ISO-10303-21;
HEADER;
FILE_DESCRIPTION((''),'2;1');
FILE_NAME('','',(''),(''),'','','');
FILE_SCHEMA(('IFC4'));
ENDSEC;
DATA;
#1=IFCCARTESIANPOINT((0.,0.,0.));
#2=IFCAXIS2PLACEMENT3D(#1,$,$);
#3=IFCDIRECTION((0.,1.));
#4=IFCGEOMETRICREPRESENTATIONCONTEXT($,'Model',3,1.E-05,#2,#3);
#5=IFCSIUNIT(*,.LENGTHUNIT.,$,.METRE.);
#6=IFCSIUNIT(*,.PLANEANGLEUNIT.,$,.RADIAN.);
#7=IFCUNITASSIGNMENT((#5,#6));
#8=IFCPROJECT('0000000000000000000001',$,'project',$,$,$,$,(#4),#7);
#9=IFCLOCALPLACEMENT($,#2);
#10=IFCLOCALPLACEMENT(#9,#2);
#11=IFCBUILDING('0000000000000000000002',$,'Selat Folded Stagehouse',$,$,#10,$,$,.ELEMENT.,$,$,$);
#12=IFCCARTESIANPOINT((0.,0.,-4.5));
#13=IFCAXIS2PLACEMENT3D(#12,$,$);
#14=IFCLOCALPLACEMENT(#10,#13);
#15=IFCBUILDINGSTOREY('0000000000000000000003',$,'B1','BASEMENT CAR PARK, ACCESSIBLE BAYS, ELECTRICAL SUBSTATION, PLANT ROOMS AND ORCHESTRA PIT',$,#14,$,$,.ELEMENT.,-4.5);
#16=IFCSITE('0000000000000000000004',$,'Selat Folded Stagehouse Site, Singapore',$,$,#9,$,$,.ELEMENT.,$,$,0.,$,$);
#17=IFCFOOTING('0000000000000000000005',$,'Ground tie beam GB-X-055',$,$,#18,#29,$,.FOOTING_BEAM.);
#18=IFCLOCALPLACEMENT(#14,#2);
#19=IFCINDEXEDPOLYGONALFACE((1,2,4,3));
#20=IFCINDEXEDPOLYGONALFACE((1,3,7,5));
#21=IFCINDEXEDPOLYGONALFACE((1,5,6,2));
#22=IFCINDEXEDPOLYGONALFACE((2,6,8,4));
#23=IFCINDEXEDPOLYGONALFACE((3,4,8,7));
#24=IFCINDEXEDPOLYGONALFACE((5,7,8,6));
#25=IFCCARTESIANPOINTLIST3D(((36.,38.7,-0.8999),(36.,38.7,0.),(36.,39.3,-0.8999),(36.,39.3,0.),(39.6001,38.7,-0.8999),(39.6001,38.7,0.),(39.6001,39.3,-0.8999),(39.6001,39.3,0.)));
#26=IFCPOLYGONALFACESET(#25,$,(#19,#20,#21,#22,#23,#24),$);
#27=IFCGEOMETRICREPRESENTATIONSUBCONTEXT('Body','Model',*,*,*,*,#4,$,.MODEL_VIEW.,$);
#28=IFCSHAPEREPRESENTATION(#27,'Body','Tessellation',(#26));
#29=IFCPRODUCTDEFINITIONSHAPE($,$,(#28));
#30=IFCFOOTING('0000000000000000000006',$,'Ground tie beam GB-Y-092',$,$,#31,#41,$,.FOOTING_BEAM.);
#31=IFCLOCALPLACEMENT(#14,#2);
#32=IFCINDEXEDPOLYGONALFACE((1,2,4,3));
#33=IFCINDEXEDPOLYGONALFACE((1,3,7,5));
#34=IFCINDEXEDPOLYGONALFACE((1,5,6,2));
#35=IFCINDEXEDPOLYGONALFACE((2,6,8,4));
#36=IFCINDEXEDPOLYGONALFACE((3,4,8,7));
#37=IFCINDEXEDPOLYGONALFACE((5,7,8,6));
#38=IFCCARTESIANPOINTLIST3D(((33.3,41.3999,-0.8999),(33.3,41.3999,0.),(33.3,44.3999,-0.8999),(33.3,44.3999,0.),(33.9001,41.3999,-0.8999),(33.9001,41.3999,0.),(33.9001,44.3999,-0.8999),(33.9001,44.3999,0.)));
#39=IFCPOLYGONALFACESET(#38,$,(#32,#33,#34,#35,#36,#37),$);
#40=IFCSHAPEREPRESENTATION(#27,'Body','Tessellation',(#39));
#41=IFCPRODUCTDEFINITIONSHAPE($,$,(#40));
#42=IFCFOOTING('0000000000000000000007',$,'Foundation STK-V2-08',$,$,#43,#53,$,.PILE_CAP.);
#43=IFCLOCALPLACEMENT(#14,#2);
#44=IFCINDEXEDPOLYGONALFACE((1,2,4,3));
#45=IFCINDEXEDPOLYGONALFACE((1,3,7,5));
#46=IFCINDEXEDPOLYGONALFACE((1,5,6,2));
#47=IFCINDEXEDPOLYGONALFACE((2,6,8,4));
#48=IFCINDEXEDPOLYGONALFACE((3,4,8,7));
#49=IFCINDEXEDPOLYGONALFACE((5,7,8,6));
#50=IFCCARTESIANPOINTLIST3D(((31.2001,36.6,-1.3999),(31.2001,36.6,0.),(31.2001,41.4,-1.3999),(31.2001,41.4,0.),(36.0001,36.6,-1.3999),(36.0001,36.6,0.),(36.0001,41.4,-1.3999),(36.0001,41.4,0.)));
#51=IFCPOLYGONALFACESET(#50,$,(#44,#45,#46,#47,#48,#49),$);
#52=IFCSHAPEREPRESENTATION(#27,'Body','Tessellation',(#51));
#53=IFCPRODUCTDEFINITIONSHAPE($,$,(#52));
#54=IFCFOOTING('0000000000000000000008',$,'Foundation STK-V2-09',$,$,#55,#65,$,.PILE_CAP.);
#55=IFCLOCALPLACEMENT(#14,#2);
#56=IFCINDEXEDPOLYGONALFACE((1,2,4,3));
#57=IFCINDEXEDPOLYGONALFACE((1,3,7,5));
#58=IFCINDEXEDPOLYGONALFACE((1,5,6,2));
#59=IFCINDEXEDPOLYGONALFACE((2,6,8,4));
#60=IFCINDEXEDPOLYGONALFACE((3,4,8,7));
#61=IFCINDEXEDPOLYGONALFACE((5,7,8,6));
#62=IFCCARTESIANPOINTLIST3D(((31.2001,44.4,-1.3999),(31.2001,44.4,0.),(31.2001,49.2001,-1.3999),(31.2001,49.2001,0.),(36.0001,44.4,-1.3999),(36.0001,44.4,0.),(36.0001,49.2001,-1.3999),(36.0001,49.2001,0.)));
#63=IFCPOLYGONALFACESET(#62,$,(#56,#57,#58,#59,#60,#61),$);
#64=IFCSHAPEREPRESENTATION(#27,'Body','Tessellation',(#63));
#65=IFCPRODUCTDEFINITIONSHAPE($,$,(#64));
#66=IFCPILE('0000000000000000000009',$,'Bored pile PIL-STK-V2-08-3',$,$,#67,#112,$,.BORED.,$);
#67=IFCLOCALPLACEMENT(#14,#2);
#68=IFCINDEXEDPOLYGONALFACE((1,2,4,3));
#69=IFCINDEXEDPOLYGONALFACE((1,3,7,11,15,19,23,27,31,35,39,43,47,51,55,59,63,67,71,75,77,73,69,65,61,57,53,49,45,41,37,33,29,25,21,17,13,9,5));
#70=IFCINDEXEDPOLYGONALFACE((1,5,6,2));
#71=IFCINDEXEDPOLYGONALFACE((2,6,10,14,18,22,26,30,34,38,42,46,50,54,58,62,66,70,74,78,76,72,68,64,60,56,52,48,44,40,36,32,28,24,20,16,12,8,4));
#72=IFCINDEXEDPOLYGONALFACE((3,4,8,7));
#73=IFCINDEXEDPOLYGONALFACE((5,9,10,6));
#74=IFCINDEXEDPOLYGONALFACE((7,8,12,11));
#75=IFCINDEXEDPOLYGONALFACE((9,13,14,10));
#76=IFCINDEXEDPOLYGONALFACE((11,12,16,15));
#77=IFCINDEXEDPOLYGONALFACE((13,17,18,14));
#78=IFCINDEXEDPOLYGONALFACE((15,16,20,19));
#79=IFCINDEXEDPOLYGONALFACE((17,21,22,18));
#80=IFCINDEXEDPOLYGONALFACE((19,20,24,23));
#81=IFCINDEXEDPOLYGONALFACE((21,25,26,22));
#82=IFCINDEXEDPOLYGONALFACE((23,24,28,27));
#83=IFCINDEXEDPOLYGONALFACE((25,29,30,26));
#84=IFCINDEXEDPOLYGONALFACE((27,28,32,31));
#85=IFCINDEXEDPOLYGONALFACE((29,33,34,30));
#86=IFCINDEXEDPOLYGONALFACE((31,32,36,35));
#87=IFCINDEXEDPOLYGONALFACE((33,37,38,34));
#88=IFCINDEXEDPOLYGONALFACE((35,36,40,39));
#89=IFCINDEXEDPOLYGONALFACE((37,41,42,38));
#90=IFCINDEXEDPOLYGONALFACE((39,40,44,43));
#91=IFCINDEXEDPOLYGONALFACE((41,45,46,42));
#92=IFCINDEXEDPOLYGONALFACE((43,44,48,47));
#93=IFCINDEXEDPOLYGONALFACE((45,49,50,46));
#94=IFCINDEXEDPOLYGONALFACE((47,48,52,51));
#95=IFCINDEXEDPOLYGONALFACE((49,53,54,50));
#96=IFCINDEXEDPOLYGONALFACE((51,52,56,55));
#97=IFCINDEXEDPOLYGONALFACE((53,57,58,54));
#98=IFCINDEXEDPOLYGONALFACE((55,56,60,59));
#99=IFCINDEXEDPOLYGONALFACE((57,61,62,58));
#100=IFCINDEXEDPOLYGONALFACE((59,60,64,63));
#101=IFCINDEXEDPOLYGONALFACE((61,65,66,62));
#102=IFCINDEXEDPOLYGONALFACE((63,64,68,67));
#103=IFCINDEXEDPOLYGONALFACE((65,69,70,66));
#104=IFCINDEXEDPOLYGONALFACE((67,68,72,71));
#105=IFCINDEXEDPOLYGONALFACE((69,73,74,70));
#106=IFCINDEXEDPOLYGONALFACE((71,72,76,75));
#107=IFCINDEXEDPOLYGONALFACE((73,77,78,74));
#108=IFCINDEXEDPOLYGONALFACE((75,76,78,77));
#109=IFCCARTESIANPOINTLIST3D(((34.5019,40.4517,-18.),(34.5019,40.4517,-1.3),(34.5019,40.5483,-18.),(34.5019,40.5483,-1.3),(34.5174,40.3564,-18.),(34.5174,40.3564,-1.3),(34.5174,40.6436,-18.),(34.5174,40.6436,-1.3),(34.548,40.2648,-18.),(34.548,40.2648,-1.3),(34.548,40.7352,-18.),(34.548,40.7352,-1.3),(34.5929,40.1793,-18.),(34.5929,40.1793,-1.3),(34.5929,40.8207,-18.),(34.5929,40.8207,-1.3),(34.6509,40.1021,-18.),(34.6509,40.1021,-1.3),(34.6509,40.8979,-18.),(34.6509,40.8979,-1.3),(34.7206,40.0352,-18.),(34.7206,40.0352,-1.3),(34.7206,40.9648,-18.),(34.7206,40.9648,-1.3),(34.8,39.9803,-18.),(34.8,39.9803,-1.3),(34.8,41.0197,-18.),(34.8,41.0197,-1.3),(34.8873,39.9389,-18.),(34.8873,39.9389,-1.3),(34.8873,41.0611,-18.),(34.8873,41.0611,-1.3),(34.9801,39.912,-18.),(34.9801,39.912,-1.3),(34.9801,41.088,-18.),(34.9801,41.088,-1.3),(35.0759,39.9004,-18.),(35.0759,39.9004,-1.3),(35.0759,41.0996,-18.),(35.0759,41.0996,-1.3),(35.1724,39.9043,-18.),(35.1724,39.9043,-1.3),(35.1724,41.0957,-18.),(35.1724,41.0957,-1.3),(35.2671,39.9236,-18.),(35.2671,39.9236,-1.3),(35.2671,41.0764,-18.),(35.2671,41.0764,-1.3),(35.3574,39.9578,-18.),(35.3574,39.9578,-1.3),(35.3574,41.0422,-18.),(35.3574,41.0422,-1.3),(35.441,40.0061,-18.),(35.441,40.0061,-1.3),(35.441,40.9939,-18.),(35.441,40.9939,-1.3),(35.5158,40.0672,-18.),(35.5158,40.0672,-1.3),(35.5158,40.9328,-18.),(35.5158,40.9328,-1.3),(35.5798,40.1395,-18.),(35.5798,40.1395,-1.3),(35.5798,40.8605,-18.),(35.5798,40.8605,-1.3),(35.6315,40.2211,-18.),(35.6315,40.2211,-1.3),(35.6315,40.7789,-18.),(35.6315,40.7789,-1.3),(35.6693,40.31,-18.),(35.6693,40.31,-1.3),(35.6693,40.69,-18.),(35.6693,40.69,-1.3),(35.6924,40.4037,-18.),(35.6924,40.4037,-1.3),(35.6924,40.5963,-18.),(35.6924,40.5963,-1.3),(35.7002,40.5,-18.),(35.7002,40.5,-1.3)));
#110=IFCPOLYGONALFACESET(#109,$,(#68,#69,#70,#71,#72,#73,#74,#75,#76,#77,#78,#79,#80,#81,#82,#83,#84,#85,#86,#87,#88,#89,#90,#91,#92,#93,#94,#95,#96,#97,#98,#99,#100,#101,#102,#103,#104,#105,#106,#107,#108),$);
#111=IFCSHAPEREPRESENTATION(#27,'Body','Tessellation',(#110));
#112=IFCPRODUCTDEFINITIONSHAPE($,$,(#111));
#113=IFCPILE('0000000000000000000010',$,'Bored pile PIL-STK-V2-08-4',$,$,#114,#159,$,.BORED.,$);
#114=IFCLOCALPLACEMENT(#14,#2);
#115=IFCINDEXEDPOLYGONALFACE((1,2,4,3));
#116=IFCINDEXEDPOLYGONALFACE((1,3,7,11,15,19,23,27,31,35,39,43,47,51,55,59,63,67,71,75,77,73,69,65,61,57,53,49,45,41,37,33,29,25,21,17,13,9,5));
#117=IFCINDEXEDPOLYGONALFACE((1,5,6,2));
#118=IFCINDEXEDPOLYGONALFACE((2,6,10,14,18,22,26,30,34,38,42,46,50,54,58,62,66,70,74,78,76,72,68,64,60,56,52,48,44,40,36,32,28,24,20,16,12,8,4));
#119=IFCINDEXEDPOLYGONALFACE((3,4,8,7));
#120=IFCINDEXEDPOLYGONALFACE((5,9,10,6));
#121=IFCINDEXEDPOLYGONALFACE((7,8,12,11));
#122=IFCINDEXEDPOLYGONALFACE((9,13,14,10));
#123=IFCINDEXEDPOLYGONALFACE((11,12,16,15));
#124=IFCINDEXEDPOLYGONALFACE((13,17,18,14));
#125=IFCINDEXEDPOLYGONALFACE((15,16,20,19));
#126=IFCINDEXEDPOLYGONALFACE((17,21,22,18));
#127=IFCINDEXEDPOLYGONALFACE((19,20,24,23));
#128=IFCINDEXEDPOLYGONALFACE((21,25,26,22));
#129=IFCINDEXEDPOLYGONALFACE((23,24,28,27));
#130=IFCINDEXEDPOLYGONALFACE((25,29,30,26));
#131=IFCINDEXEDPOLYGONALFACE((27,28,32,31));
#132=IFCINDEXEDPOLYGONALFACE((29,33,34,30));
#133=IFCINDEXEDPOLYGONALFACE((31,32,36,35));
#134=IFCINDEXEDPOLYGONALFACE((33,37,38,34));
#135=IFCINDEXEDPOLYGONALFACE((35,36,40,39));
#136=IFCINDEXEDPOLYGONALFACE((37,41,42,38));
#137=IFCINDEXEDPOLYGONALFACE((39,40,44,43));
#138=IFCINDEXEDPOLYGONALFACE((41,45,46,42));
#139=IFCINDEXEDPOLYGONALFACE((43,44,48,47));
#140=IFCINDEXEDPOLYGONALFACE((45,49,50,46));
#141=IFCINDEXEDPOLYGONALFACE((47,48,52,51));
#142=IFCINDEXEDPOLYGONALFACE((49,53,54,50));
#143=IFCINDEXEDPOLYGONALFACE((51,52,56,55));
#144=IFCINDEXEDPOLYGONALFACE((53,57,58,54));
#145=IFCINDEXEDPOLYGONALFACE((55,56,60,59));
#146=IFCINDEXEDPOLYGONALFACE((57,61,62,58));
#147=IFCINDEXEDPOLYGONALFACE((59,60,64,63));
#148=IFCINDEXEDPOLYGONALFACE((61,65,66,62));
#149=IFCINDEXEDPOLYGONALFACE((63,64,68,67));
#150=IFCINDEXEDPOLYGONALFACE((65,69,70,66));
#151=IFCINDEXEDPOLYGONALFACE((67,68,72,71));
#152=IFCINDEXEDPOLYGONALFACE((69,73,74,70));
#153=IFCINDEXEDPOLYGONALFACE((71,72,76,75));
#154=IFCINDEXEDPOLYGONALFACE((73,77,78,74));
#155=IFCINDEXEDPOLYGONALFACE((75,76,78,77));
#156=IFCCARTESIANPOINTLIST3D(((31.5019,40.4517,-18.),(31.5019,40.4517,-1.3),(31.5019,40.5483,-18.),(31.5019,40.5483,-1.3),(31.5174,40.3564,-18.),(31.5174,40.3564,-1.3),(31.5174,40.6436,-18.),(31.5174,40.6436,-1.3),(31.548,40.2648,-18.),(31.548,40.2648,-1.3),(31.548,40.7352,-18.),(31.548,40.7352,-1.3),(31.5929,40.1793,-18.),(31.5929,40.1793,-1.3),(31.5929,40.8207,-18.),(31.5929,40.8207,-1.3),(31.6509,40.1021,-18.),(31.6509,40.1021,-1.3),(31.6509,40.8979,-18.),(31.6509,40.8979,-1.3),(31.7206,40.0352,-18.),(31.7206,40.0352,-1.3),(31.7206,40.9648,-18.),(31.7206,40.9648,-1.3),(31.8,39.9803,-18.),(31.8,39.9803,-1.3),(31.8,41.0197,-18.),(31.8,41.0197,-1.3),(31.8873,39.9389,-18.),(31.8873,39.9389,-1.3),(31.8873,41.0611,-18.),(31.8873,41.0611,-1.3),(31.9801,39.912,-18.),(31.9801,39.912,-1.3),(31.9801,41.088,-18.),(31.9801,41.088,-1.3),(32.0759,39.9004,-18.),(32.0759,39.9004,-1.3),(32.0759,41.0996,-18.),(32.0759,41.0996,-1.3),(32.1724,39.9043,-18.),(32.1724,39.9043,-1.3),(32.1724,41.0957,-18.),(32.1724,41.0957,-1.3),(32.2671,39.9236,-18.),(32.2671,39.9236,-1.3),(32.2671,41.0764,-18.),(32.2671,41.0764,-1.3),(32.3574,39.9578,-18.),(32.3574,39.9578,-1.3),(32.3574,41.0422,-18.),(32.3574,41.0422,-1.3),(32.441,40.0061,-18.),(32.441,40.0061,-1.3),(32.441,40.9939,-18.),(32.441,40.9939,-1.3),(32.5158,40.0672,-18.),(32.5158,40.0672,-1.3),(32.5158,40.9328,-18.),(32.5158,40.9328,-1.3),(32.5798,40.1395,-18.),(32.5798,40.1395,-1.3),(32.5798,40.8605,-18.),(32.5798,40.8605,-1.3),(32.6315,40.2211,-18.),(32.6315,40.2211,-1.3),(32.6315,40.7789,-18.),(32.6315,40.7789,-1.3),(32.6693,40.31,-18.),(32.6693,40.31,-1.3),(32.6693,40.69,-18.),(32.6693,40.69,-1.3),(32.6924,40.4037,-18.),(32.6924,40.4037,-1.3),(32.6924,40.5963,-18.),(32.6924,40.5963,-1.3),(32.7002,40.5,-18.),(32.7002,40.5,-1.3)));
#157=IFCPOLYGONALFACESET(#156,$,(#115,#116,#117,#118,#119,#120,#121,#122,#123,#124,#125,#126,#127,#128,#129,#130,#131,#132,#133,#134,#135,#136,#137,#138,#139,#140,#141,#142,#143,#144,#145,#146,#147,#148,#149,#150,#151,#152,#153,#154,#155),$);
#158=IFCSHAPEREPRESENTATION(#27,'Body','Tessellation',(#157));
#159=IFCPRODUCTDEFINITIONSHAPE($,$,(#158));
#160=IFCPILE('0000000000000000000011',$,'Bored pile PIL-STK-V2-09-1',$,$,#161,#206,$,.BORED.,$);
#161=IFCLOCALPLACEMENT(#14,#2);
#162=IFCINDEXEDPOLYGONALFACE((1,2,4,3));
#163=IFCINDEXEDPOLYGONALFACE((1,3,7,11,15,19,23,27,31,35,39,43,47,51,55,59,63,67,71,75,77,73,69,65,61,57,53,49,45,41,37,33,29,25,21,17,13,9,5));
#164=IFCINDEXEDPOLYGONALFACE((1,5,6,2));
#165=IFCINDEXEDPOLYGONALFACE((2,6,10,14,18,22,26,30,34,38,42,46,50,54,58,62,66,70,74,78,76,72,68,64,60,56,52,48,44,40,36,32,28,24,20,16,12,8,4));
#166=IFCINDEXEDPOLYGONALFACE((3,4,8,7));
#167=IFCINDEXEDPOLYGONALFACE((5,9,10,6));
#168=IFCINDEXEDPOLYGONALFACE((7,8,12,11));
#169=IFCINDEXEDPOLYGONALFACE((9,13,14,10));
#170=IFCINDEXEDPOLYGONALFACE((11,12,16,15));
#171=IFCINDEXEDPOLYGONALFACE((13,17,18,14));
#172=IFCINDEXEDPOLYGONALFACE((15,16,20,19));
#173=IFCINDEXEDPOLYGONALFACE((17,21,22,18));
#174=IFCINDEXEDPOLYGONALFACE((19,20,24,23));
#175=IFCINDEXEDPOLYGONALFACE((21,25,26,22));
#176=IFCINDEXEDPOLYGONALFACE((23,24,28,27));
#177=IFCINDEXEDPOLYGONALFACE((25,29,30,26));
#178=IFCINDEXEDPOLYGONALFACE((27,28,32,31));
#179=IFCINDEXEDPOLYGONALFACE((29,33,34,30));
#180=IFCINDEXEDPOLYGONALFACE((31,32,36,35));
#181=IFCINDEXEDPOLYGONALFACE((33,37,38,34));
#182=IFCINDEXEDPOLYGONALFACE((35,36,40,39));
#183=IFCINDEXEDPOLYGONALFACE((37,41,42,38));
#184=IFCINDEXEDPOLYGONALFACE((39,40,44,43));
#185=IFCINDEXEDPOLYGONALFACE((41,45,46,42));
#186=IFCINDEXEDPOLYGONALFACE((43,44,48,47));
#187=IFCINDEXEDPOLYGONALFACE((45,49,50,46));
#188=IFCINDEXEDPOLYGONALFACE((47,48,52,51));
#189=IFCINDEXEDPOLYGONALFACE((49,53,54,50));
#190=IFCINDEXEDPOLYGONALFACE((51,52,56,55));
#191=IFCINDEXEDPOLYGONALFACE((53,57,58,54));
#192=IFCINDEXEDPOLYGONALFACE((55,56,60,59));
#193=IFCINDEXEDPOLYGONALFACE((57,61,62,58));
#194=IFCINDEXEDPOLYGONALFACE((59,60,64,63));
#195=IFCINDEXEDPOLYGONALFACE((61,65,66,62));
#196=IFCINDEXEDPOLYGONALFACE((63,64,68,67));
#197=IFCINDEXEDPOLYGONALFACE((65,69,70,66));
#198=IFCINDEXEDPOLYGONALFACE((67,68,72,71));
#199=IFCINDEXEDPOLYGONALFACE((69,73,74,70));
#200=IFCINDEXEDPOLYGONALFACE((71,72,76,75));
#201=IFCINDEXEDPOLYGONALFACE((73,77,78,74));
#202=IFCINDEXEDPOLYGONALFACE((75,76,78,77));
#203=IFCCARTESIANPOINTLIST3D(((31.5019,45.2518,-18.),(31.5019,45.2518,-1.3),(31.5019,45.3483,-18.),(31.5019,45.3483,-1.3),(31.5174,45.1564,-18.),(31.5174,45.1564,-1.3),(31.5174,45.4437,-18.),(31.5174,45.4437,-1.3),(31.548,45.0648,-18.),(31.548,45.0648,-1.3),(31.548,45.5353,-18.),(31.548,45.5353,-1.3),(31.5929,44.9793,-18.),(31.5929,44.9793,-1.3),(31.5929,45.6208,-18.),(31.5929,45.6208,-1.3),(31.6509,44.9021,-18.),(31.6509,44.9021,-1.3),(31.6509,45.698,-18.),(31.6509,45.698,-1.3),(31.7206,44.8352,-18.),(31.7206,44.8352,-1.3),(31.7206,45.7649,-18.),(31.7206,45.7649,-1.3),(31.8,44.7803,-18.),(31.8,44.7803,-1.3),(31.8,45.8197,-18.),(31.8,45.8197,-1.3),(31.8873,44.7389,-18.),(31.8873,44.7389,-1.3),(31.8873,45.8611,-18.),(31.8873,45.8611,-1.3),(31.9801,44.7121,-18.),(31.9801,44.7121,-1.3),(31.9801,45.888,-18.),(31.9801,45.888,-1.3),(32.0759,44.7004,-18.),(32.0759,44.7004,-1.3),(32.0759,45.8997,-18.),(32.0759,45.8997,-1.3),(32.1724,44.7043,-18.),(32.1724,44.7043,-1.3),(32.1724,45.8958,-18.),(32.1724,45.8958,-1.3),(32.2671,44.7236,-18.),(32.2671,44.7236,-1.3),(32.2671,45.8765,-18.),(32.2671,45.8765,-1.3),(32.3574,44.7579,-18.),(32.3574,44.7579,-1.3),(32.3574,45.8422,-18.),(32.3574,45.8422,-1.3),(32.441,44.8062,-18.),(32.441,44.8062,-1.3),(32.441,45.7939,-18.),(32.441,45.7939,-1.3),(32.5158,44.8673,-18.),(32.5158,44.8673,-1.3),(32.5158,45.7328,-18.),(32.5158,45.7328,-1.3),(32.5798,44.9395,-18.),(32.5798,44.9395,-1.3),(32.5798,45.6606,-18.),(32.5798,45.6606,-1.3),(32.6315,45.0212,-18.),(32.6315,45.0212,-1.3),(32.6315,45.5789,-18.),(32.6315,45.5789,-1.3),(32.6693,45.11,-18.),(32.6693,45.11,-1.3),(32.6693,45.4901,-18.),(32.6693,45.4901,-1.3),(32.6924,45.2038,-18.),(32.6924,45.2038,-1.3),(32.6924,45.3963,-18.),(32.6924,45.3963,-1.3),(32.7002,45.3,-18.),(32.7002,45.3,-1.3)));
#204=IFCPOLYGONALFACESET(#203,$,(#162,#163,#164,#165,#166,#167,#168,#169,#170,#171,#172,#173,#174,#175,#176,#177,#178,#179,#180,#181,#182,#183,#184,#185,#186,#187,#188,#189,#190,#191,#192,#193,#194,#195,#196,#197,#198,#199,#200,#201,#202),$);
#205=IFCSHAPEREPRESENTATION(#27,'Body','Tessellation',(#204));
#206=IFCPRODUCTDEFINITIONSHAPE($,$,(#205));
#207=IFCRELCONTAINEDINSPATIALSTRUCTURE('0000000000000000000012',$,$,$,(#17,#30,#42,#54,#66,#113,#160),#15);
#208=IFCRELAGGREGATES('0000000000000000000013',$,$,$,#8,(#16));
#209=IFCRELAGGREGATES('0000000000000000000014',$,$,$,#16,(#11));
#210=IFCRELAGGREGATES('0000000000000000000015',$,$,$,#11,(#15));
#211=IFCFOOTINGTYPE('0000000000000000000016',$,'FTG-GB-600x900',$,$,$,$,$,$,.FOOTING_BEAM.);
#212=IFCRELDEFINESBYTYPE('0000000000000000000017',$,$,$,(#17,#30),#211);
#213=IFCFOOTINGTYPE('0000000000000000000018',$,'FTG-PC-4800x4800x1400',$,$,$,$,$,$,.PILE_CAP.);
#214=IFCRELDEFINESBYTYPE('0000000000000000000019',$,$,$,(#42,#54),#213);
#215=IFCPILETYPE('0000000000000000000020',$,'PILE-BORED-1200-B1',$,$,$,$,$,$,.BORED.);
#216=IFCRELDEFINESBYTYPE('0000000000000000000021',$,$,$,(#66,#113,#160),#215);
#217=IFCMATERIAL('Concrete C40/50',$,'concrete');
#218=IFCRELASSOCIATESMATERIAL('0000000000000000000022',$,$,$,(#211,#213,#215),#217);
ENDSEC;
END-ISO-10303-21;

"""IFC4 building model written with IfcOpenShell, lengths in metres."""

from ifc_helpers import new_model, si_unit, direction, frame, origin, origin_2d, place, context, subcontext, project, spatial, rectangle, circle, extrude, material, material_profile, profile_set, type_object, element, save


model = new_model("IFC4")

# Units and contexts
model_context = context("Model", 3, precision=1e-05, world=origin(), true_north=direction((0.0, 1.0)))
body_context = subcontext(model_context, "Body", "Model", "MODEL_VIEW")
ifc_project = project(units=[si_unit("LENGTHUNIT", "METRE"), si_unit("PLANEANGLEUNIT", "RADIAN")], contexts=[model_context])

# Site, building, storey
site_placement = place(None, origin())
site = spatial("IfcSite", under=ifc_project, at=site_placement, Name="Selat Folded Stagehouse Site, Singapore", CompositionType="ELEMENT", RefElevation=0.0)
building_placement = place(site_placement, origin())
building = spatial("IfcBuilding", under=site, at=building_placement, Name="Selat Folded Stagehouse", CompositionType="ELEMENT")
storey_placement = place(building_placement, frame((0.0, 0.0, -4.5)))
storey = spatial("IfcBuildingStorey", under=building, at=storey_placement, Name="B1", Description="BASEMENT CAR PARK, ACCESSIBLE BAYS, ELECTRICAL SUBSTATION, PLANT ROOMS AND ORCHESTRA PIT", CompositionType="ELEMENT", Elevation=-4.5)

# Footings
ifc_material_1 = material(Name="Concrete C40/50", Category="concrete")
ifc_material_profile_1 = material_profile(ifc_material_1, rectangle(XDim=0.6001, YDim=0.8999, at=origin_2d()), Name="RC 900x600")
ifc_profile_set_1 = profile_set([ifc_material_profile_1], Name="Concrete C40/50")
footing_type_1 = type_object("IfcFootingType", Name="FTG-GB-600x900", PredefinedType="FOOTING_BEAM", material=ifc_profile_set_1)
footing_1_placement = place(storey_placement, frame((36.0, 39.0, -0.45), z_axis=(1.0, 0.0, 0.0), x_axis=(0.0, 1.0, 0.0)))
element("IfcFooting", 1, at=footing_1_placement, inside=storey, type_object=footing_type_1, Name="Ground tie beam GB-X-055", PredefinedType="FOOTING_BEAM", context=body_context, shape_type="SweptSolid", body=[
    extrude(rectangle(XDim=0.6001, YDim=0.8999, at=origin_2d()), origin(), (0.0, 0.0, 1.0), 3.6001),
])
footing_2_placement = place(storey_placement, frame((33.6001, 41.3999, -0.45), z_axis=(0.0, 1.0, 0.0), x_axis=(-1.0, 0.0, 0.0)))
element("IfcFooting", 2, at=footing_2_placement, inside=storey, type_object=footing_type_1, Name="Ground tie beam GB-Y-092", PredefinedType="FOOTING_BEAM", context=body_context, shape_type="SweptSolid", body=[
    extrude(rectangle(XDim=0.6001, YDim=0.8999, at=origin_2d()), origin(), (0.0, 0.0, 1.0), 3.0),
])
footing_type_2 = type_object("IfcFootingType", Name="FTG-PC-4800x4800x1400", PredefinedType="PILE_CAP", material=ifc_material_1)
for number, where, z_axis, x_axis, name in (
    (3, (33.6001, 39.0, -1.3999), (0.0, 0.0, 1.0), (1.0, 0.0, 0.0), "Foundation STK-V2-08"),
    (4, (33.6001, 46.8, -1.3999), (0.0, 0.0, 1.0), (1.0, 0.0, 0.0), "Foundation STK-V2-09"),
):
    element("IfcFooting", number, at=place(storey_placement, frame(where, z_axis=z_axis, x_axis=x_axis)), inside=storey, type_object=footing_type_2, Name=name, PredefinedType="PILE_CAP", context=body_context, shape_type="SweptSolid", body=[
        extrude(rectangle(XDim=4.8, YDim=4.8, at=origin_2d()), origin(), (0.0, 0.0, 1.0), 1.3999),
    ])

# Piles
ifc_material_profile_2 = material_profile(ifc_material_1, circle(Radius=0.6001, at=origin_2d()), Name="PILE D1200")
ifc_profile_set_2 = profile_set([ifc_material_profile_2], Name="Concrete C40/50")
pile_type = type_object("IfcPileType", Name="PILE-BORED-1200-B1", PredefinedType="BORED", material=ifc_profile_set_2)
for number, where, z_axis, x_axis, name in (
    (5, (35.1001, 40.5, -1.3), (0.0, 0.0, -1.0), (1.0, 0.0, 0.0), "Bored pile PIL-STK-V2-08-3"),
    (6, (32.1001, 40.5, -1.3), (0.0, 0.0, -1.0), (1.0, 0.0, 0.0), "Bored pile PIL-STK-V2-08-4"),
    (7, (32.1001, 45.3, -1.3), (0.0, 0.0, -1.0), (1.0, 0.0, 0.0), "Bored pile PIL-STK-V2-09-1"),
):
    element("IfcPile", number, at=place(storey_placement, frame(where, z_axis=z_axis, x_axis=x_axis)), inside=storey, type_object=pile_type, Name=name, PredefinedType="BORED", context=body_context, shape_type="SweptSolid", body=[
        extrude(circle(Radius=0.6001, at=origin_2d()), origin(), (0.0, 0.0, 1.0), 16.7),
    ])

save(model, "model.ifc")
